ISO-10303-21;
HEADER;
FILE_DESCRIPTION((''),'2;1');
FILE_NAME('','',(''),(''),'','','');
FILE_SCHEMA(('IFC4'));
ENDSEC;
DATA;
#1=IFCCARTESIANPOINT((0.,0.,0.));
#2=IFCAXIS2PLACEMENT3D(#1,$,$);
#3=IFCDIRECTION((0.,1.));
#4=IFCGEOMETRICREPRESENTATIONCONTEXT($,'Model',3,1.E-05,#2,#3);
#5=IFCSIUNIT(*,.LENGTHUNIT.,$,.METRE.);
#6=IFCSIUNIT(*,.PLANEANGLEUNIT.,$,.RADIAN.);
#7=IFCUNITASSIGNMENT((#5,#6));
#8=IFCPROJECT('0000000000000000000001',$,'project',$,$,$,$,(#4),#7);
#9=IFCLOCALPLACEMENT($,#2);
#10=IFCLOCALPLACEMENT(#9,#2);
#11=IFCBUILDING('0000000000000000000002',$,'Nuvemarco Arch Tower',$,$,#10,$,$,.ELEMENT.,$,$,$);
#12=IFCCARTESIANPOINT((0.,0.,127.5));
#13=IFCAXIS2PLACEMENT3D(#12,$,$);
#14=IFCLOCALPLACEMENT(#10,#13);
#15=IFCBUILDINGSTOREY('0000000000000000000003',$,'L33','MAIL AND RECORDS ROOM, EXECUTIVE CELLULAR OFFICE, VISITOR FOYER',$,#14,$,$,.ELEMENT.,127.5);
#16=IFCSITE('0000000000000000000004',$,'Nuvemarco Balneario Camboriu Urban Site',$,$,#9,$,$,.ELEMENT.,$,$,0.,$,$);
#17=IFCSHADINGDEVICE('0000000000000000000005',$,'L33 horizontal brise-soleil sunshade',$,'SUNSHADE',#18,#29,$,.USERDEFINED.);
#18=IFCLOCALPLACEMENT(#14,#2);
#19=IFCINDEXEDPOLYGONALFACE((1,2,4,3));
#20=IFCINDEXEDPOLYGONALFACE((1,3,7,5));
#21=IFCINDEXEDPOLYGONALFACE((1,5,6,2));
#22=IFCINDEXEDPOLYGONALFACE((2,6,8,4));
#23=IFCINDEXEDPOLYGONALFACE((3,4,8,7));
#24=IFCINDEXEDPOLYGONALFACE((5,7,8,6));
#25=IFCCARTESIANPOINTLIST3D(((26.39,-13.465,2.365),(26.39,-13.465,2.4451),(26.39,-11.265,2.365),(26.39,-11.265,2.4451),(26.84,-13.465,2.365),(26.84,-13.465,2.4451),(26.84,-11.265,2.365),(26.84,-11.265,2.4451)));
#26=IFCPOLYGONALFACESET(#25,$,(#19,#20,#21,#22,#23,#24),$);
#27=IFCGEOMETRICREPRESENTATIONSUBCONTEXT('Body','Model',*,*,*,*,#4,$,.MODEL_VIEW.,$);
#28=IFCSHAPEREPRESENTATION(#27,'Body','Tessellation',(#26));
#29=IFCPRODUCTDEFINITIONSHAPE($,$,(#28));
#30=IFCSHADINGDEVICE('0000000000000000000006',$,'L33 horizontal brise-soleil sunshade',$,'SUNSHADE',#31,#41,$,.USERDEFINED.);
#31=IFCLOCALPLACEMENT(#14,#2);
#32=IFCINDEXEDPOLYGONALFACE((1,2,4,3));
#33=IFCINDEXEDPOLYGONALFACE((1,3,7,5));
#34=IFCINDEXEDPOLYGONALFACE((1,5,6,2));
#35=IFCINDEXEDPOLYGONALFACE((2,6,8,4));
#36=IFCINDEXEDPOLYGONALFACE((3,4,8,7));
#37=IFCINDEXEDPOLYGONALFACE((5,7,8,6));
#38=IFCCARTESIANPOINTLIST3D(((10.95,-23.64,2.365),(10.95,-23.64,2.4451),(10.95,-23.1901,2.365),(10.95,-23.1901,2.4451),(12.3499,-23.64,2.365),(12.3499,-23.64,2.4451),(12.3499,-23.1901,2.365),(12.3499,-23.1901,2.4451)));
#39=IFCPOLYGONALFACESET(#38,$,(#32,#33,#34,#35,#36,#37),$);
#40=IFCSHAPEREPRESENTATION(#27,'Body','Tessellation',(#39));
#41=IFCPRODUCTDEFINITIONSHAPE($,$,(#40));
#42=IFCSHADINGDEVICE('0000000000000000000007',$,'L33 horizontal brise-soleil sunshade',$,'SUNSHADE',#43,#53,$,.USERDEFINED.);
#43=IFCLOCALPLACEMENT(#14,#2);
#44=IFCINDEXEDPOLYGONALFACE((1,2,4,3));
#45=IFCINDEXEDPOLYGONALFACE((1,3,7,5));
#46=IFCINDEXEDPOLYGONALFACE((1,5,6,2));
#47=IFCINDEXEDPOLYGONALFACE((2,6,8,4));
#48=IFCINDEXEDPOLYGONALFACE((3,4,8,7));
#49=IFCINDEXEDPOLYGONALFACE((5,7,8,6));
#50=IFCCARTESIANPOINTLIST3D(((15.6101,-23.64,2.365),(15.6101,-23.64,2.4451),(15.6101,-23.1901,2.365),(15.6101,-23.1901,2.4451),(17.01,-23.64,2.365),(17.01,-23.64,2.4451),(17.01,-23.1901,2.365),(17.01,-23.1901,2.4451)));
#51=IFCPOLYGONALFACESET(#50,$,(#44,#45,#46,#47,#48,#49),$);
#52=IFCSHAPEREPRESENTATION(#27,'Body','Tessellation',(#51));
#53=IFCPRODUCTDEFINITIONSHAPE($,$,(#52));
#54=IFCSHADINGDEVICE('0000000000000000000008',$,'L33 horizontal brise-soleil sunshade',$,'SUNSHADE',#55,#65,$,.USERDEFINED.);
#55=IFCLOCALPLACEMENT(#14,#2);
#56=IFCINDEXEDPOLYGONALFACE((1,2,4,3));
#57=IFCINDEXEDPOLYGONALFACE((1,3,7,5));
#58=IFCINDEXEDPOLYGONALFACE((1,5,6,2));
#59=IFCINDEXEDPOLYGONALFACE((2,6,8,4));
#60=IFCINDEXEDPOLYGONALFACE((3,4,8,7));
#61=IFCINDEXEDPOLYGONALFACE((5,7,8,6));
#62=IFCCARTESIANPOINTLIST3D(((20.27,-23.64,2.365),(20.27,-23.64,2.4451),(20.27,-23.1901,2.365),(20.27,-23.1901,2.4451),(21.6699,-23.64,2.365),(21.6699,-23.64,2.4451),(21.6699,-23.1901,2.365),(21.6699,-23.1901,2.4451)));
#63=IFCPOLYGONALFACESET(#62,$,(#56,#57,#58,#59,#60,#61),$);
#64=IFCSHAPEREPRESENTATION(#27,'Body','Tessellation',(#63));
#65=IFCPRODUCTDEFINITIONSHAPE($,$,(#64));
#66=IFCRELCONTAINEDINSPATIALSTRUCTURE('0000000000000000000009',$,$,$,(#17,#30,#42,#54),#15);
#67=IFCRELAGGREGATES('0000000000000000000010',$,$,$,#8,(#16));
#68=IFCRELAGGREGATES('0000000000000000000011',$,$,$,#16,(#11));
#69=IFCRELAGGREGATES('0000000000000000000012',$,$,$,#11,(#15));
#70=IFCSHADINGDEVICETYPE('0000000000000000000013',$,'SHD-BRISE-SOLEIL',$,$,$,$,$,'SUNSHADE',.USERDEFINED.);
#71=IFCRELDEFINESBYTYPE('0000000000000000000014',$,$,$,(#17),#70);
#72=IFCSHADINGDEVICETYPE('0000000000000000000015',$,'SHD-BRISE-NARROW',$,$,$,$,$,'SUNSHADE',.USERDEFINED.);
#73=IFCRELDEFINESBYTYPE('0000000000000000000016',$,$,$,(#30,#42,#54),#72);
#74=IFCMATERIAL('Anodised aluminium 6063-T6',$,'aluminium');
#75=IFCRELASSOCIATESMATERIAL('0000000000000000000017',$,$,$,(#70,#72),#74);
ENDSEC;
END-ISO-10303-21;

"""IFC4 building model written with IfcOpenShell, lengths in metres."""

from ifc_helpers import new_model, si_unit, direction, frame, origin, origin_2d, place, context, subcontext, project, spatial, rectangle, extrude, source, transform, mapped, material, type_object, type_shapes, element, save


model = new_model("IFC4")

# Units and contexts
model_context = context("Model", 3, precision=1e-05, world=origin(), true_north=direction((0.0, 1.0)))
body_context = subcontext(model_context, "Body", "Model", "MODEL_VIEW")
ifc_project = project(units=[si_unit("LENGTHUNIT", "METRE"), si_unit("PLANEANGLEUNIT", "RADIAN")], contexts=[model_context])

# Site, building, storey
site_placement = place(None, origin())
site = spatial("IfcSite", under=ifc_project, at=site_placement, Name="Nuvemarco Balneario Camboriu Urban Site", CompositionType="ELEMENT", RefElevation=0.0)
building_placement = place(site_placement, origin())
building = spatial("IfcBuilding", under=site, at=building_placement, Name="Nuvemarco Arch Tower", CompositionType="ELEMENT")
storey_placement = place(building_placement, frame((0.0, 0.0, 127.5)))
storey = spatial("IfcBuildingStorey", under=building, at=storey_placement, Name="L33", Description="MAIL AND RECORDS ROOM, EXECUTIVE CELLULAR OFFICE, VISITOR FOYER", CompositionType="ELEMENT", Elevation=127.5)

# Shading devices
ifc_material_1 = material(Name="Anodised aluminium 6063-T6", Category="aluminium")
shading_device_type_1 = type_object("IfcShadingDeviceType", Name="SHD-BRISE-SOLEIL", ElementType="SUNSHADE", PredefinedType="USERDEFINED", material=ifc_material_1)
shared_shape_1 = source(origin(), body_context, "Body", "SweptSolid", [
    extrude(rectangle(XDim=2.2, YDim=0.45, at=origin_2d()), origin(), (0.0, 0.0, 1.0), 0.0801),
])
type_shapes(shading_device_type_1, [shared_shape_1])
shading_device_placement = place(storey_placement, frame((26.615, -12.365, 2.365), z_axis=(0.0, 0.0, 1.0), x_axis=(0.0, 1.0, 0.0)))
element("IfcShadingDevice", 1, at=shading_device_placement, inside=storey, type_object=shading_device_type_1, Name="L33 horizontal brise-soleil sunshade", ObjectType="SUNSHADE", PredefinedType="USERDEFINED", context=body_context, shape_type="MappedRepresentation", body=[
    mapped(shared_shape_1, transform((0.0, 0.0, 0.0), scale=1.0)),
])
shading_device_type_2 = type_object("IfcShadingDeviceType", Name="SHD-BRISE-NARROW", ElementType="SUNSHADE", PredefinedType="USERDEFINED", material=ifc_material_1)
shared_shape_2 = source(origin(), body_context, "Body", "SweptSolid", [
    extrude(rectangle(XDim=1.3999, YDim=0.45, at=origin_2d()), origin(), (0.0, 0.0, 1.0), 0.0801),
])
type_shapes(shading_device_type_2, [shared_shape_2])
for number, where, z_axis, x_axis, name in (
    (2, (11.6499, -23.415, 2.365), (0.0, 0.0, 1.0), (1.0, 0.0, 0.0), "L33 horizontal brise-soleil sunshade"),
    (3, (16.3101, -23.415, 2.365), (0.0, 0.0, 1.0), (1.0, 0.0, 0.0), "L33 horizontal brise-soleil sunshade"),
    (4, (20.97, -23.415, 2.365), (0.0, 0.0, 1.0), (1.0, 0.0, 0.0), "L33 horizontal brise-soleil sunshade"),
):
    element("IfcShadingDevice", number, at=place(storey_placement, frame(where, z_axis=z_axis, x_axis=x_axis)), inside=storey, type_object=shading_device_type_2, Name=name, ObjectType="SUNSHADE", PredefinedType="USERDEFINED", context=body_context, shape_type="MappedRepresentation", body=[
        mapped(shared_shape_2, transform((0.0, 0.0, 0.0), scale=1.0)),
    ])

save(model, "model.ifc")
